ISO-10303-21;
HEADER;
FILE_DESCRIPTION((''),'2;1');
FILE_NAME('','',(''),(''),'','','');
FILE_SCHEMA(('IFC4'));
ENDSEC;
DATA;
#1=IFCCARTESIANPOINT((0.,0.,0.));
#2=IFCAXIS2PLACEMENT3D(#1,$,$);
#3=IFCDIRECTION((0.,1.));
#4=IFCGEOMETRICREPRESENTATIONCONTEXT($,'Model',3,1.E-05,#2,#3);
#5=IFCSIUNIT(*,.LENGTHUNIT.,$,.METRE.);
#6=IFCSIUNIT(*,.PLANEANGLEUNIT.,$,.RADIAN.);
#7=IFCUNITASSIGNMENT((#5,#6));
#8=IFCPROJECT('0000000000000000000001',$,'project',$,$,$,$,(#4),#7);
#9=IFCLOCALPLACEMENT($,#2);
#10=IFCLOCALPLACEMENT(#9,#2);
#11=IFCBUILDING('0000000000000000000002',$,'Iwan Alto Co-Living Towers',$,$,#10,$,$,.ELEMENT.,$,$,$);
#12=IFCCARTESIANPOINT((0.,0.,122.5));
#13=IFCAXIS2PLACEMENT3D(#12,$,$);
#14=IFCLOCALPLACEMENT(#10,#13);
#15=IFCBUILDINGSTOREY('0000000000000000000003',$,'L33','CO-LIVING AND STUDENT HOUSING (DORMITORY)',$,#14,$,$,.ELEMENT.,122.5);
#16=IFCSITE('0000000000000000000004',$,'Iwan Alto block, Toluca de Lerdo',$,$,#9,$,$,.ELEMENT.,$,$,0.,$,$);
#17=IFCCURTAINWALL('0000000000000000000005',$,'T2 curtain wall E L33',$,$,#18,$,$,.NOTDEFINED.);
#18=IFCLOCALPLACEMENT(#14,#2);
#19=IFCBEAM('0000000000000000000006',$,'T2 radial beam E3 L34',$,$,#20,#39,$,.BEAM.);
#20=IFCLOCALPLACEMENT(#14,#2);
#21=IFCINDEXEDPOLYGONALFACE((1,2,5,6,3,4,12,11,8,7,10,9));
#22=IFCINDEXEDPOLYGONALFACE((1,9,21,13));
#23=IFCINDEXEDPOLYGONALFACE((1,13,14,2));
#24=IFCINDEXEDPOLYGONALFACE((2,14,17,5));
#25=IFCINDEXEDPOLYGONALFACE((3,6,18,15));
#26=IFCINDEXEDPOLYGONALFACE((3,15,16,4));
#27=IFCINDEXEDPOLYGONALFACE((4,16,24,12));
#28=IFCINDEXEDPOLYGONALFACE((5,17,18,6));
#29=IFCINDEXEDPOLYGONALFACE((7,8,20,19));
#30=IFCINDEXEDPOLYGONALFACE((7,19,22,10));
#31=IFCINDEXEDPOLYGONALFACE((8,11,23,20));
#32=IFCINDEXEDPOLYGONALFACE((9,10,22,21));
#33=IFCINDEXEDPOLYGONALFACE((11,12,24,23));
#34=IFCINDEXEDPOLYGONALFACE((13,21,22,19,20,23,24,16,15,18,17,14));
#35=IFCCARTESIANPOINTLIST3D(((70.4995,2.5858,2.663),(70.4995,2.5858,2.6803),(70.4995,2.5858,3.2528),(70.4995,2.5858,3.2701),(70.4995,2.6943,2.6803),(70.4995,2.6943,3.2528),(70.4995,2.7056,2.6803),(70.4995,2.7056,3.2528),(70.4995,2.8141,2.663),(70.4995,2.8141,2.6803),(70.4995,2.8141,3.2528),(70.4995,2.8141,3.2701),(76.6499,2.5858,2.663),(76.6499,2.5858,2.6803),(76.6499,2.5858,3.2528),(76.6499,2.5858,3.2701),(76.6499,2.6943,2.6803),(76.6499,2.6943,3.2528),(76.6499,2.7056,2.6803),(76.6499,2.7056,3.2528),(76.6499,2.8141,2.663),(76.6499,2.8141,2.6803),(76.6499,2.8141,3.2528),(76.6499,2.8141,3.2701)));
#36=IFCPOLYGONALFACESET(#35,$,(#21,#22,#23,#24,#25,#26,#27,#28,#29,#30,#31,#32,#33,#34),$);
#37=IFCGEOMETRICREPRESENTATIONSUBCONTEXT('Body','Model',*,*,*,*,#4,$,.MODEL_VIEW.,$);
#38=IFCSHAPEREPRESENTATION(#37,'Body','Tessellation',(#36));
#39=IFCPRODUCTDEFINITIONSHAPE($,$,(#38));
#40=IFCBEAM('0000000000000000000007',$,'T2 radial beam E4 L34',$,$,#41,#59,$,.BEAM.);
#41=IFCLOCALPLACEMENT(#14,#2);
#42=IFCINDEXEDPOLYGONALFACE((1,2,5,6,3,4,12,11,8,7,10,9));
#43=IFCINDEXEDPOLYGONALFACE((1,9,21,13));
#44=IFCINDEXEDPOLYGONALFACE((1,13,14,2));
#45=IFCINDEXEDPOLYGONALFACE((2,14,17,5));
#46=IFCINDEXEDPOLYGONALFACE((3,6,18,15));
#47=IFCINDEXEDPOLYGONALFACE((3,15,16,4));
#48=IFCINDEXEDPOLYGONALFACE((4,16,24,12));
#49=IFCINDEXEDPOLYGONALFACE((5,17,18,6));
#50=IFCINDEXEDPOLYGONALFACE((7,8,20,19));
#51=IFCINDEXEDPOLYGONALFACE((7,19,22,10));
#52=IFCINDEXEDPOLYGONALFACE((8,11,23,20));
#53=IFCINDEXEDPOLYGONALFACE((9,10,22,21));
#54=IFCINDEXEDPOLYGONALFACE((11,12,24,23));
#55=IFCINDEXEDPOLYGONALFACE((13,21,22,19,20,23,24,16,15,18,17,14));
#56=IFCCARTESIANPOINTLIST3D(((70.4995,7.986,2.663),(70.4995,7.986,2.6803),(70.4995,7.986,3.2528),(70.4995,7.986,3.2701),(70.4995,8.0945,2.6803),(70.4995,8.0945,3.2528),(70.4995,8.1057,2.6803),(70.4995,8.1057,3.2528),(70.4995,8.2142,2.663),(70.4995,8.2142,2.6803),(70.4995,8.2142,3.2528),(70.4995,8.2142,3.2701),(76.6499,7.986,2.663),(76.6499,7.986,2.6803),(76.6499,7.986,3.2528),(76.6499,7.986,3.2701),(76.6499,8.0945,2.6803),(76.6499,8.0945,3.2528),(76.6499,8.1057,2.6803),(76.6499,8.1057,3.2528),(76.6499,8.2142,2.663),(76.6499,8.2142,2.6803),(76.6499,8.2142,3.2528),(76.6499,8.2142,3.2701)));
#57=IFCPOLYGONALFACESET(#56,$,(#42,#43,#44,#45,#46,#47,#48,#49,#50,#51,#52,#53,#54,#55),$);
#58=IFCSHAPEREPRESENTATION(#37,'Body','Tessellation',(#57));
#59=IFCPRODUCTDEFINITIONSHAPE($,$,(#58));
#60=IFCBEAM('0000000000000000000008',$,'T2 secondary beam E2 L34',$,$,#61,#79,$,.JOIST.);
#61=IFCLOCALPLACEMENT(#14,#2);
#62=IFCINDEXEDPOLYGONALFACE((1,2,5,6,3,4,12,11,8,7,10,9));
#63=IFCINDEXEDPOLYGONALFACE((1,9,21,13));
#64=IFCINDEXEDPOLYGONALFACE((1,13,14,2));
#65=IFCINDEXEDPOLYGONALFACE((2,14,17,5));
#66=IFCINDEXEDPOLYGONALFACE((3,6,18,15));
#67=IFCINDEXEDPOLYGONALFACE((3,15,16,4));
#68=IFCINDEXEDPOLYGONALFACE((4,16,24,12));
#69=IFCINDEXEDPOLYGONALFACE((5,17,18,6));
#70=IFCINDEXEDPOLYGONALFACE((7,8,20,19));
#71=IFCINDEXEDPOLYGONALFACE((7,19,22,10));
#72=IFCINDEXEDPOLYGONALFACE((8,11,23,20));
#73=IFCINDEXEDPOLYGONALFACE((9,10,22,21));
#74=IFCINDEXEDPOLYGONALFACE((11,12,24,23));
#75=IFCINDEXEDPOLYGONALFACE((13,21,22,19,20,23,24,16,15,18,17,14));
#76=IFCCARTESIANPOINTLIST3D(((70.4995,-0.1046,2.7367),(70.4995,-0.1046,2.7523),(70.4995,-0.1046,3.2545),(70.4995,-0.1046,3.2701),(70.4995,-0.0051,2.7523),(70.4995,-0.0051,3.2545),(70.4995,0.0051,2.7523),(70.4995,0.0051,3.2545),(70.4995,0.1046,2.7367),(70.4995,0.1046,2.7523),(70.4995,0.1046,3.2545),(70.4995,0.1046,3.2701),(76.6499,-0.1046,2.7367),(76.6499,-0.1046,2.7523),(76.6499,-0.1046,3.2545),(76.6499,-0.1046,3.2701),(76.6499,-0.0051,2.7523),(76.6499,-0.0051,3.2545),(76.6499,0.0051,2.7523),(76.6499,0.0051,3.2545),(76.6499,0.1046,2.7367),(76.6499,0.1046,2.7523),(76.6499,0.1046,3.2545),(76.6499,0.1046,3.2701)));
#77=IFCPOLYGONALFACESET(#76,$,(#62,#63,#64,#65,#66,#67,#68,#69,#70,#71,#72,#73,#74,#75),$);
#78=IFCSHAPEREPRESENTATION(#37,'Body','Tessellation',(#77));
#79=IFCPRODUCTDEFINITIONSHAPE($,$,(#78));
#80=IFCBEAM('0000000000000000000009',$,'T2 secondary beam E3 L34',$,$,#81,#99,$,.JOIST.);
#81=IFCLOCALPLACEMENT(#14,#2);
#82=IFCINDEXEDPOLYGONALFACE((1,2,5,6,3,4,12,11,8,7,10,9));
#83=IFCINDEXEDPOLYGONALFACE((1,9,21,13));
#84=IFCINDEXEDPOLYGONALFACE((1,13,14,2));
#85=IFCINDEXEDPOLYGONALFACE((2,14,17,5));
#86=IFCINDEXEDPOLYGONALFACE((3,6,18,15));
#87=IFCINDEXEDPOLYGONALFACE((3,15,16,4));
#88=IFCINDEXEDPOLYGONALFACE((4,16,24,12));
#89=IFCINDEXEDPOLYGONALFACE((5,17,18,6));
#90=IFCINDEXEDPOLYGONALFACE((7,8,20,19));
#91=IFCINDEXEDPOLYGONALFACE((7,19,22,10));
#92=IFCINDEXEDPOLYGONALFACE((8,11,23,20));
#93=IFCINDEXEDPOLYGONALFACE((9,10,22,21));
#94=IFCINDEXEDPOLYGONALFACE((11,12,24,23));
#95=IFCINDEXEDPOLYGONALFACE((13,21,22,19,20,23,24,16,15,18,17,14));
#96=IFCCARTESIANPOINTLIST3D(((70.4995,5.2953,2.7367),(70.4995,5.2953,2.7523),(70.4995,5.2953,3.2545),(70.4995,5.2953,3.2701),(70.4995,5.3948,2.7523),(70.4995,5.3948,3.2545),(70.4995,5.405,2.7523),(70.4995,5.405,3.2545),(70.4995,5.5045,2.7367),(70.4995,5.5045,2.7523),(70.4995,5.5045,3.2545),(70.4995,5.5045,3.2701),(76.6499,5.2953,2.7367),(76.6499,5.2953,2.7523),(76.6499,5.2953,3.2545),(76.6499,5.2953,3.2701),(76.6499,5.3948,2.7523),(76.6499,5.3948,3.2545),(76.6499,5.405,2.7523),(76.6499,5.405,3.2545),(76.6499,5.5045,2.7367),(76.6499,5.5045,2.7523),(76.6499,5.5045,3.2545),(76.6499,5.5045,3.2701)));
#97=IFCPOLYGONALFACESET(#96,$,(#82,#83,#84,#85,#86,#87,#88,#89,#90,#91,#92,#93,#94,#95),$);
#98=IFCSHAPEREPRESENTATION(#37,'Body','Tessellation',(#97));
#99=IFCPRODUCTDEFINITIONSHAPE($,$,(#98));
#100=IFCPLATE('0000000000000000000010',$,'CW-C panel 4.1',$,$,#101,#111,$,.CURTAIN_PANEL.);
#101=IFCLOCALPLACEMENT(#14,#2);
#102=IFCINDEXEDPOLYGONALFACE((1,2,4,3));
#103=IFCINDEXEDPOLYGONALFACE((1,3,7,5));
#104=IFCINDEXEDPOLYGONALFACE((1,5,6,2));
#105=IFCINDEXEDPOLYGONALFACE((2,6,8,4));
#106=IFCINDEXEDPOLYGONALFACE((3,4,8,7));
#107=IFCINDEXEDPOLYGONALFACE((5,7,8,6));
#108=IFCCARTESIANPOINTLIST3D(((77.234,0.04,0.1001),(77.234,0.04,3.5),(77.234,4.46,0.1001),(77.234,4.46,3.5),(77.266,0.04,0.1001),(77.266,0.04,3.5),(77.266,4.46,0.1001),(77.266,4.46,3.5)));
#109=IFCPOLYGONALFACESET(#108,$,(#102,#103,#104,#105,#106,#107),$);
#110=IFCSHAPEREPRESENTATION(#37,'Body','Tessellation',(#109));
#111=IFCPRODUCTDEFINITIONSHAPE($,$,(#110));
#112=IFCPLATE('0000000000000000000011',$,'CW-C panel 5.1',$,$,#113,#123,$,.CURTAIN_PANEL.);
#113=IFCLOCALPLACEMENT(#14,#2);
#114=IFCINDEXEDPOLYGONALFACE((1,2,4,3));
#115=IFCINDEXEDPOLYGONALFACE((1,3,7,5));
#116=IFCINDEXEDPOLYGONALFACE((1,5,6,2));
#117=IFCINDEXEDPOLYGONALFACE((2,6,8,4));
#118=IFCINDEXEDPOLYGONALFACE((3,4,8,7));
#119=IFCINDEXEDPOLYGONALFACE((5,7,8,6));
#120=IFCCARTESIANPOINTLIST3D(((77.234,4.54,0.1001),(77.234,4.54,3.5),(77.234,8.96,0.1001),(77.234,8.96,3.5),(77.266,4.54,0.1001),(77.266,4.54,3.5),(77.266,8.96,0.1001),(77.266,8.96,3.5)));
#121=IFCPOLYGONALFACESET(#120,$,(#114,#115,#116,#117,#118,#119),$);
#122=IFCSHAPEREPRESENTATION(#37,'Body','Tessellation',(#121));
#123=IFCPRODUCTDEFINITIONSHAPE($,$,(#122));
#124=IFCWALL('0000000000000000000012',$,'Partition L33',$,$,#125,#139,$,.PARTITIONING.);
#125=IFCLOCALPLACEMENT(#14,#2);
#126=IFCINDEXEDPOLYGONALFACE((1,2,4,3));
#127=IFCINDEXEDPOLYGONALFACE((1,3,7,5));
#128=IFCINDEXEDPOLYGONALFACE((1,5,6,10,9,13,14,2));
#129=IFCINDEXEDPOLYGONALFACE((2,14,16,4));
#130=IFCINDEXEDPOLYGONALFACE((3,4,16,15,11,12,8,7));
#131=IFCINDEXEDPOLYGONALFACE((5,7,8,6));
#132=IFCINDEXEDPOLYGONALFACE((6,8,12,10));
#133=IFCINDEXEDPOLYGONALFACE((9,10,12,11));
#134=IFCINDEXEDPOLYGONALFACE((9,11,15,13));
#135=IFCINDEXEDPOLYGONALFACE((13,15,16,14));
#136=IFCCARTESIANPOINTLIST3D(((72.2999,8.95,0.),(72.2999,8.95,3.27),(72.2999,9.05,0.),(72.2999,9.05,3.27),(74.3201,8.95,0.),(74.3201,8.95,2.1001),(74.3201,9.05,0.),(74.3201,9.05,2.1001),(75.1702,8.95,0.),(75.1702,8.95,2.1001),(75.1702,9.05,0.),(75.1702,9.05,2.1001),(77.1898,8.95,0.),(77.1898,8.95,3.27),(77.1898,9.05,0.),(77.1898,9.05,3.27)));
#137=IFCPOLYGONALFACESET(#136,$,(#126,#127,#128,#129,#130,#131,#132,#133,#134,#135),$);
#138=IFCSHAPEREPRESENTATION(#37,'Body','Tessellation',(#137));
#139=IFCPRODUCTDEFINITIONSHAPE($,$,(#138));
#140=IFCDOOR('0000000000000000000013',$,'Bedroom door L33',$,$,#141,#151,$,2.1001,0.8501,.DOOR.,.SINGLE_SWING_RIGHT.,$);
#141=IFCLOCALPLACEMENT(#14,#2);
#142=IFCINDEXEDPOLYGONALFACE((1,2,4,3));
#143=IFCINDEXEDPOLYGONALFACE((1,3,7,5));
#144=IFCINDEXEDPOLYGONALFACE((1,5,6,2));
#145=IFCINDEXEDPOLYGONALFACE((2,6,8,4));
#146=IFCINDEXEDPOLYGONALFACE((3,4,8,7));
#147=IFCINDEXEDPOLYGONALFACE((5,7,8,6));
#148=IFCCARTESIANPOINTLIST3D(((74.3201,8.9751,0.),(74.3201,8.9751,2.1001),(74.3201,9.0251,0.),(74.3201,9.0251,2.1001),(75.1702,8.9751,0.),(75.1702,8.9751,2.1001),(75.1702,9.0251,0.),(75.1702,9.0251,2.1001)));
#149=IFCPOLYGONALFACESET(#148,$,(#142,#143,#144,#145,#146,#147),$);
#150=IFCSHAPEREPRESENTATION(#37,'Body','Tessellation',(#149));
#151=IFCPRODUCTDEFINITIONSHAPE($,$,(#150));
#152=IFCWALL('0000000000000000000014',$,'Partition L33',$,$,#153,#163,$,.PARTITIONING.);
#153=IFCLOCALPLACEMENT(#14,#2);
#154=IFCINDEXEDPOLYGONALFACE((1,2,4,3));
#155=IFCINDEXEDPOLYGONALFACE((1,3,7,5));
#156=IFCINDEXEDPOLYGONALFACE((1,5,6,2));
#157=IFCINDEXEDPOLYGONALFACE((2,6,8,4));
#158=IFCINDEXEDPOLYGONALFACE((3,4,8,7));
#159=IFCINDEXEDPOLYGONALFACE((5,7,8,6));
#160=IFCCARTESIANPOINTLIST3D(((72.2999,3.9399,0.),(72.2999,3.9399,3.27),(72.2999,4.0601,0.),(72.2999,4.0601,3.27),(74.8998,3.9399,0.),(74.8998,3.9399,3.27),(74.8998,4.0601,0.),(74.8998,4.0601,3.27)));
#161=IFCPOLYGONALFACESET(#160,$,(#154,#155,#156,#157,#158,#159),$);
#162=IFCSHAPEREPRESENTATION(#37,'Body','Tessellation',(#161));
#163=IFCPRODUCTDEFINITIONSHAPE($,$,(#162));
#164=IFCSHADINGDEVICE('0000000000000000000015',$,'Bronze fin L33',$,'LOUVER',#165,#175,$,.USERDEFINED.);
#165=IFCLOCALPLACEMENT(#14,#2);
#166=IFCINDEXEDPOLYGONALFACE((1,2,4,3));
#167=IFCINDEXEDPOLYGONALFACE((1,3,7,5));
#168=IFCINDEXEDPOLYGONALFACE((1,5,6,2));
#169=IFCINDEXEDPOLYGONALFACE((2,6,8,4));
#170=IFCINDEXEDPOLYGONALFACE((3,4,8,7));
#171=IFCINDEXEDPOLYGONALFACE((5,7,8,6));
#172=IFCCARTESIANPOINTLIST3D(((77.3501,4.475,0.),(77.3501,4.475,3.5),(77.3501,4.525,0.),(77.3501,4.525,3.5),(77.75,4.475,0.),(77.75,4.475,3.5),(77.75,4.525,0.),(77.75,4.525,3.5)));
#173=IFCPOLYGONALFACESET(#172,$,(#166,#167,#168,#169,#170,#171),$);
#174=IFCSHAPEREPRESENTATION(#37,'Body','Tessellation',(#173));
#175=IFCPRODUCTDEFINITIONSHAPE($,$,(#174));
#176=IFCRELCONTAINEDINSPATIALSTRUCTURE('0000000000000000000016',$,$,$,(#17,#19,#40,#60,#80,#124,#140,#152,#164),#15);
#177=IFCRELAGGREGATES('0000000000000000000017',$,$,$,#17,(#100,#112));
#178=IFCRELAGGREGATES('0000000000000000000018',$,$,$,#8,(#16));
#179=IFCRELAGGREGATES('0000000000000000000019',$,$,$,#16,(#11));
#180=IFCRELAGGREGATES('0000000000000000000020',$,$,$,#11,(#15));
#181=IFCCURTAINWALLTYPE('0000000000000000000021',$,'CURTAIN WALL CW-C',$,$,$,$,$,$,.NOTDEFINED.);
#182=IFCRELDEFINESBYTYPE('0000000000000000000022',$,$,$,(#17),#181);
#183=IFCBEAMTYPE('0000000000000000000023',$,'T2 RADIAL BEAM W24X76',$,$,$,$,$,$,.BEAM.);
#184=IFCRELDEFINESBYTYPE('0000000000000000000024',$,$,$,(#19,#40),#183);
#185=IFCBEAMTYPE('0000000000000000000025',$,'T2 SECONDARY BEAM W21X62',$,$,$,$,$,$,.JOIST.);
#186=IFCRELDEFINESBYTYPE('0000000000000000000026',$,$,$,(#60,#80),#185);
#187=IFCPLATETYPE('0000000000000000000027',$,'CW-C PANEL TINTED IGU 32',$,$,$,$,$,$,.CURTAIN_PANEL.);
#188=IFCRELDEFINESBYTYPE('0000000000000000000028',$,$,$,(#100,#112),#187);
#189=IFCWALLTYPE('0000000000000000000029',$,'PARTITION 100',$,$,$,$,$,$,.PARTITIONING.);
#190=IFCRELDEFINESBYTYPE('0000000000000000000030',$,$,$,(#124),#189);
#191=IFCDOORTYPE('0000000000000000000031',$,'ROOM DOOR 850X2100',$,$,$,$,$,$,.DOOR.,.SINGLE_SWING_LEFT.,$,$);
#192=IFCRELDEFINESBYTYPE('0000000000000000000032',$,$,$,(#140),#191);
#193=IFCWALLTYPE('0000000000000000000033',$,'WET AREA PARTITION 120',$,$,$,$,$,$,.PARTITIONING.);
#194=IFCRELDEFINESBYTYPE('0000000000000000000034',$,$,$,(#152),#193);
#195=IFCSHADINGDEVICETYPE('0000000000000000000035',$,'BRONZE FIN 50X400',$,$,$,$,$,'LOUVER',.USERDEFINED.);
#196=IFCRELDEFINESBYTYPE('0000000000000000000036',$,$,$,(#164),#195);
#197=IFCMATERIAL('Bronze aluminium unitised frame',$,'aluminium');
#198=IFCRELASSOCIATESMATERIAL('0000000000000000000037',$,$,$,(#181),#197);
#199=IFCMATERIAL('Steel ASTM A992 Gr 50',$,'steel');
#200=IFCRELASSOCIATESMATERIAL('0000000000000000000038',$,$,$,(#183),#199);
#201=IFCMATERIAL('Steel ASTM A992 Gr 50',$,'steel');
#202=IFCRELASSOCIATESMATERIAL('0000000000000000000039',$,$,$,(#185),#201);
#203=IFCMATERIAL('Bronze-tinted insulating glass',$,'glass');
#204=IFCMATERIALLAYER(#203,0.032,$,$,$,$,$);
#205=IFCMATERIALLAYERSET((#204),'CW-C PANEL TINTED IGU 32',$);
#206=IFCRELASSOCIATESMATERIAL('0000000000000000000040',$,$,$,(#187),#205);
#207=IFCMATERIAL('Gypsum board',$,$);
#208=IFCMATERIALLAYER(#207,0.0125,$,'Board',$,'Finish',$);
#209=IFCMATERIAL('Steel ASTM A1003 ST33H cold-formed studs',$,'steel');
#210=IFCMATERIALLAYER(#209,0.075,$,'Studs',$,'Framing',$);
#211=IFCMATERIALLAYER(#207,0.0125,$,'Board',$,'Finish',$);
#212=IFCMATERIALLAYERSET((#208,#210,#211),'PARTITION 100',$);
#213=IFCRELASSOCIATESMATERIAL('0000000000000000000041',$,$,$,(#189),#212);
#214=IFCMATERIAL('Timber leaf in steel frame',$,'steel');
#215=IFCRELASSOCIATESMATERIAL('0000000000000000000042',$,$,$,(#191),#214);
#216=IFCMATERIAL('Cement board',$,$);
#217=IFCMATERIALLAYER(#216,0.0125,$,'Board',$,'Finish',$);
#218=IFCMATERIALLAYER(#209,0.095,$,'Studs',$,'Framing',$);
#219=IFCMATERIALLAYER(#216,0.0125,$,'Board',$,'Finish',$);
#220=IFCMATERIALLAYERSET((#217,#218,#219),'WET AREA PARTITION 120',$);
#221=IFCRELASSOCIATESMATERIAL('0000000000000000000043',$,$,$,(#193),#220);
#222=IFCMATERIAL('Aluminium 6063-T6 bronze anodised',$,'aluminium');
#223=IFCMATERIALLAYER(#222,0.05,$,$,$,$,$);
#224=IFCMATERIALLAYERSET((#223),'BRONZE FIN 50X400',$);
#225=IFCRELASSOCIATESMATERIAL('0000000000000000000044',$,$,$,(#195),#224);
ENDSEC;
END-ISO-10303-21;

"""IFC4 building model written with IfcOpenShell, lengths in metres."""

from ifc_helpers import new_model, si_unit, direction, frame, frame_2d, origin, origin_2d, place, context, subcontext, project, spatial, rectangle, i_section, extrude, material, layer, layer_set, material_profile, profile_set, type_object, element, fill, aggregate, save


model = new_model("IFC4")

# Units and contexts
model_context = context("Model", 3, precision=1e-05, world=origin(), true_north=direction((0.0, 1.0)))
body_context = subcontext(model_context, "Body", "Model", "MODEL_VIEW")
ifc_project = project(units=[si_unit("LENGTHUNIT", "METRE"), si_unit("PLANEANGLEUNIT", "RADIAN")], contexts=[model_context])

# Site, building, storey
site_placement = place(None, origin())
site = spatial("IfcSite", under=ifc_project, at=site_placement, Name="Iwan Alto block, Toluca de Lerdo", CompositionType="ELEMENT", RefElevation=0.0)
building_placement = place(site_placement, origin())
building = spatial("IfcBuilding", under=site, at=building_placement, Name="Iwan Alto Co-Living Towers", CompositionType="ELEMENT")
storey_placement = place(building_placement, frame((0.0, 0.0, 122.5)))
storey = spatial("IfcBuildingStorey", under=building, at=storey_placement, Name="L33", Description="CO-LIVING AND STUDENT HOUSING (DORMITORY)", CompositionType="ELEMENT", Elevation=122.5)

# Curtain wall
ifc_material_1 = material(Name="Bronze aluminium unitised frame", Category="aluminium")
curtain_wall_type = type_object("IfcCurtainWallType", Name="CURTAIN WALL CW-C", PredefinedType="NOTDEFINED", material=ifc_material_1)
curtain_wall_placement = place(storey_placement, origin())
curtain_wall = element("IfcCurtainWall", 1, at=curtain_wall_placement, inside=storey, type_object=curtain_wall_type, Name="T2 curtain wall E L33", PredefinedType="NOTDEFINED")

# Beams
ifc_material_2 = material(Name="Steel ASTM A992 Gr 50", Category="steel")
ifc_material_profile_1 = material_profile(ifc_material_2, i_section(OverallWidth=0.2283, OverallDepth=0.6072, WebThickness=0.0112, FlangeThickness=0.0173, at=origin_2d()), Name="W24X76")
ifc_profile_set_1 = profile_set([ifc_material_profile_1], Name="Steel ASTM A992 Gr 50")
beam_type_1 = type_object("IfcBeamType", Name="T2 RADIAL BEAM W24X76", PredefinedType="BEAM", material=ifc_profile_set_1)
for number, where, z_axis, x_axis, name in (
    (2, (76.6499, 2.7, 2.9666), (-1.0, 0.0, 0.0), (0.0, -1.0, 0.0), "T2 radial beam E3 L34"),
    (3, (76.6499, 8.1001, 2.9666), (-1.0, 0.0, 0.0), (0.0, -1.0, 0.0), "T2 radial beam E4 L34"),
):
    element("IfcBeam", number, at=place(storey_placement, frame(where, z_axis=z_axis, x_axis=x_axis)), inside=storey, type_object=beam_type_1, Name=name, PredefinedType="BEAM", context=body_context, shape_type="SweptSolid", body=[
        extrude(i_section(OverallWidth=0.2283, OverallDepth=0.6072, WebThickness=0.0112, FlangeThickness=0.0173, at=origin_2d()), origin(), (0.0, 0.0, 1.0), 6.1504),
    ])
ifc_material_3 = material(Name="Steel ASTM A992 Gr 50", Category="steel")
ifc_material_profile_2 = material_profile(ifc_material_3, i_section(OverallWidth=0.2092, OverallDepth=0.5334, WebThickness=0.0103, FlangeThickness=0.0156, at=origin_2d()), Name="W21X62")
ifc_profile_set_2 = profile_set([ifc_material_profile_2], Name="Steel ASTM A992 Gr 50")
beam_type_2 = type_object("IfcBeamType", Name="T2 SECONDARY BEAM W21X62", PredefinedType="JOIST", material=ifc_profile_set_2)
for number, where, z_axis, x_axis, name in (
    (4, (76.6499, 0.0, 3.0034), (-1.0, 0.0, 0.0), (0.0, -1.0, 0.0), "T2 secondary beam E2 L34"),
    (5, (76.6499, 5.3999, 3.0034), (-1.0, 0.0, 0.0), (0.0, -1.0, 0.0), "T2 secondary beam E3 L34"),
):
    element("IfcBeam", number, at=place(storey_placement, frame(where, z_axis=z_axis, x_axis=x_axis)), inside=storey, type_object=beam_type_2, Name=name, PredefinedType="JOIST", context=body_context, shape_type="SweptSolid", body=[
        extrude(i_section(OverallWidth=0.2092, OverallDepth=0.5334, WebThickness=0.0103, FlangeThickness=0.0156, at=origin_2d()), origin(), (0.0, 0.0, 1.0), 6.1504),
    ])

# Plates
ifc_material_4 = material(Name="Bronze-tinted insulating glass", Category="glass")
ifc_layer_1 = layer(ifc_material_4, 0.032)
ifc_layer_set_1 = layer_set([ifc_layer_1], Name="CW-C PANEL TINTED IGU 32")
plate_type = type_object("IfcPlateType", Name="CW-C PANEL TINTED IGU 32", PredefinedType="CURTAIN_PANEL", material=ifc_layer_set_1)
plate_1_placement = place(storey_placement, frame((77.25, 2.25, 0.1001), z_axis=(0.0, 0.0, 1.0), x_axis=(0.0, 1.0, 0.0)))
plate_1 = element("IfcPlate", 6, at=plate_1_placement, type_object=plate_type, Name="CW-C panel 4.1", PredefinedType="CURTAIN_PANEL", context=body_context, shape_type="SweptSolid", body=[
    extrude(rectangle(XDim=4.4199, YDim=0.032, at=origin_2d()), origin(), (0.0, 0.0, 1.0), 3.3999),
])
plate_2_placement = place(storey_placement, frame((77.25, 6.75, 0.1001), z_axis=(0.0, 0.0, 1.0), x_axis=(0.0, 1.0, 0.0)))
plate_2 = element("IfcPlate", 7, at=plate_2_placement, type_object=plate_type, Name="CW-C panel 5.1", PredefinedType="CURTAIN_PANEL", context=body_context, shape_type="SweptSolid", body=[
    extrude(rectangle(XDim=4.4199, YDim=0.032, at=origin_2d()), origin(), (0.0, 0.0, 1.0), 3.3999),
])
aggregate(curtain_wall, [plate_1, plate_2])

# Wall, opening, door
ifc_material_5 = material(Name="Gypsum board")
ifc_layer_2 = layer(ifc_material_5, 0.0125, Name="Board", Category="Finish")
ifc_material_6 = material(Name="Steel ASTM A1003 ST33H cold-formed studs", Category="steel")
ifc_layer_3 = layer(ifc_material_6, 0.075, Name="Studs", Category="Framing")
ifc_layer_4 = layer(ifc_material_5, 0.0125, Name="Board", Category="Finish")
ifc_layer_set_2 = layer_set([ifc_layer_2, ifc_layer_3, ifc_layer_4], Name="PARTITION 100")
wall_type_1 = type_object("IfcWallType", Name="PARTITION 100", PredefinedType="PARTITIONING", material=ifc_layer_set_2)
wall_1_placement = place(storey_placement, frame((72.3, 9.0, 0.0), z_axis=(0.0, 0.0, 1.0), x_axis=(1.0, 0.0, 0.0)))
wall_1 = element("IfcWall", 8, at=wall_1_placement, inside=storey, type_object=wall_type_1, Name="Partition L33", PredefinedType="PARTITIONING", context=body_context, shape_type="SweptSolid", body=[
    extrude(rectangle(XDim=4.8899, YDim=0.1001, at=frame_2d((2.4448, 0.0))), origin(), (0.0, 0.0, 1.0), 3.27),
])
opening_placement = place(wall_1_placement, frame((2.02, 0.0, 0.0)))
opening = element("IfcOpeningElement", 9, at=opening_placement, cuts=wall_1, PredefinedType="OPENING", context=body_context, shape_type="SweptSolid", body=[
    extrude(rectangle(XDim=0.8501, YDim=2.1001, at=frame_2d((0.425, 1.05))), frame((0.0, 0.0601, 0.0), z_axis=(0.0, -1.0, 0.0), x_axis=(1.0, 0.0, 0.0)), (0.0, 0.0, 1.0), 0.1201),
])
ifc_material_7 = material(Name="Timber leaf in steel frame", Category="steel")
door_type = type_object("IfcDoorType", Name="ROOM DOOR 850X2100", OperationType="SINGLE_SWING_LEFT", PredefinedType="DOOR", material=ifc_material_7)
door_placement = place(opening_placement, frame((0.8501, 0.0, 0.0), z_axis=(0.0, 0.0, 1.0), x_axis=(-1.0, 0.0, 0.0)))
door = element("IfcDoor", 10, at=door_placement, inside=storey, type_object=door_type, Name="Bedroom door L33", OperationType="SINGLE_SWING_RIGHT", OverallHeight=2.1001, OverallWidth=0.8501, PredefinedType="DOOR", context=body_context, shape_type="SweptSolid", body=[
    extrude(rectangle(XDim=0.8501, YDim=2.1001, at=frame_2d((0.425, 1.05))), frame((0.0, 0.0249, 0.0), z_axis=(0.0, -1.0, 0.0), x_axis=(1.0, 0.0, 0.0)), (0.0, 0.0, 1.0), 0.05),
])
fill(opening, door)

# Wall
ifc_material_8 = material(Name="Cement board")
ifc_layer_5 = layer(ifc_material_8, 0.0125, Name="Board", Category="Finish")
ifc_layer_6 = layer(ifc_material_6, 0.095, Name="Studs", Category="Framing")
ifc_layer_7 = layer(ifc_material_8, 0.0125, Name="Board", Category="Finish")
ifc_layer_set_3 = layer_set([ifc_layer_5, ifc_layer_6, ifc_layer_7], Name="WET AREA PARTITION 120")
wall_type_2 = type_object("IfcWallType", Name="WET AREA PARTITION 120", PredefinedType="PARTITIONING", material=ifc_layer_set_3)
wall_2_placement = place(storey_placement, frame((72.3, 4.0, 0.0), z_axis=(0.0, 0.0, 1.0), x_axis=(1.0, 0.0, 0.0)))
element("IfcWall", 11, at=wall_2_placement, inside=storey, type_object=wall_type_2, Name="Partition L33", PredefinedType="PARTITIONING", context=body_context, shape_type="SweptSolid", body=[
    extrude(rectangle(XDim=2.5999, YDim=0.1201, at=frame_2d((1.2998, 0.0))), origin(), (0.0, 0.0, 1.0), 3.27),
])

# Shading device
ifc_material_9 = material(Name="Aluminium 6063-T6 bronze anodised", Category="aluminium")
ifc_layer_8 = layer(ifc_material_9, 0.05)
ifc_layer_set_4 = layer_set([ifc_layer_8], Name="BRONZE FIN 50X400")
shading_device_type = type_object("IfcShadingDeviceType", Name="BRONZE FIN 50X400", ElementType="LOUVER", PredefinedType="USERDEFINED", material=ifc_layer_set_4)
shading_device_placement = place(storey_placement, frame((77.55, 4.5, 0.0), z_axis=(0.0, 0.0, 1.0), x_axis=(0.0, 1.0, 0.0)))
element("IfcShadingDevice", 12, at=shading_device_placement, inside=storey, type_object=shading_device_type, Name="Bronze fin L33", ObjectType="LOUVER", PredefinedType="USERDEFINED", context=body_context, shape_type="SweptSolid", body=[
    extrude(rectangle(XDim=0.05, YDim=0.3999, at=origin_2d()), origin(), (0.0, 0.0, 1.0), 3.5),
])

save(model, "model.ifc")
